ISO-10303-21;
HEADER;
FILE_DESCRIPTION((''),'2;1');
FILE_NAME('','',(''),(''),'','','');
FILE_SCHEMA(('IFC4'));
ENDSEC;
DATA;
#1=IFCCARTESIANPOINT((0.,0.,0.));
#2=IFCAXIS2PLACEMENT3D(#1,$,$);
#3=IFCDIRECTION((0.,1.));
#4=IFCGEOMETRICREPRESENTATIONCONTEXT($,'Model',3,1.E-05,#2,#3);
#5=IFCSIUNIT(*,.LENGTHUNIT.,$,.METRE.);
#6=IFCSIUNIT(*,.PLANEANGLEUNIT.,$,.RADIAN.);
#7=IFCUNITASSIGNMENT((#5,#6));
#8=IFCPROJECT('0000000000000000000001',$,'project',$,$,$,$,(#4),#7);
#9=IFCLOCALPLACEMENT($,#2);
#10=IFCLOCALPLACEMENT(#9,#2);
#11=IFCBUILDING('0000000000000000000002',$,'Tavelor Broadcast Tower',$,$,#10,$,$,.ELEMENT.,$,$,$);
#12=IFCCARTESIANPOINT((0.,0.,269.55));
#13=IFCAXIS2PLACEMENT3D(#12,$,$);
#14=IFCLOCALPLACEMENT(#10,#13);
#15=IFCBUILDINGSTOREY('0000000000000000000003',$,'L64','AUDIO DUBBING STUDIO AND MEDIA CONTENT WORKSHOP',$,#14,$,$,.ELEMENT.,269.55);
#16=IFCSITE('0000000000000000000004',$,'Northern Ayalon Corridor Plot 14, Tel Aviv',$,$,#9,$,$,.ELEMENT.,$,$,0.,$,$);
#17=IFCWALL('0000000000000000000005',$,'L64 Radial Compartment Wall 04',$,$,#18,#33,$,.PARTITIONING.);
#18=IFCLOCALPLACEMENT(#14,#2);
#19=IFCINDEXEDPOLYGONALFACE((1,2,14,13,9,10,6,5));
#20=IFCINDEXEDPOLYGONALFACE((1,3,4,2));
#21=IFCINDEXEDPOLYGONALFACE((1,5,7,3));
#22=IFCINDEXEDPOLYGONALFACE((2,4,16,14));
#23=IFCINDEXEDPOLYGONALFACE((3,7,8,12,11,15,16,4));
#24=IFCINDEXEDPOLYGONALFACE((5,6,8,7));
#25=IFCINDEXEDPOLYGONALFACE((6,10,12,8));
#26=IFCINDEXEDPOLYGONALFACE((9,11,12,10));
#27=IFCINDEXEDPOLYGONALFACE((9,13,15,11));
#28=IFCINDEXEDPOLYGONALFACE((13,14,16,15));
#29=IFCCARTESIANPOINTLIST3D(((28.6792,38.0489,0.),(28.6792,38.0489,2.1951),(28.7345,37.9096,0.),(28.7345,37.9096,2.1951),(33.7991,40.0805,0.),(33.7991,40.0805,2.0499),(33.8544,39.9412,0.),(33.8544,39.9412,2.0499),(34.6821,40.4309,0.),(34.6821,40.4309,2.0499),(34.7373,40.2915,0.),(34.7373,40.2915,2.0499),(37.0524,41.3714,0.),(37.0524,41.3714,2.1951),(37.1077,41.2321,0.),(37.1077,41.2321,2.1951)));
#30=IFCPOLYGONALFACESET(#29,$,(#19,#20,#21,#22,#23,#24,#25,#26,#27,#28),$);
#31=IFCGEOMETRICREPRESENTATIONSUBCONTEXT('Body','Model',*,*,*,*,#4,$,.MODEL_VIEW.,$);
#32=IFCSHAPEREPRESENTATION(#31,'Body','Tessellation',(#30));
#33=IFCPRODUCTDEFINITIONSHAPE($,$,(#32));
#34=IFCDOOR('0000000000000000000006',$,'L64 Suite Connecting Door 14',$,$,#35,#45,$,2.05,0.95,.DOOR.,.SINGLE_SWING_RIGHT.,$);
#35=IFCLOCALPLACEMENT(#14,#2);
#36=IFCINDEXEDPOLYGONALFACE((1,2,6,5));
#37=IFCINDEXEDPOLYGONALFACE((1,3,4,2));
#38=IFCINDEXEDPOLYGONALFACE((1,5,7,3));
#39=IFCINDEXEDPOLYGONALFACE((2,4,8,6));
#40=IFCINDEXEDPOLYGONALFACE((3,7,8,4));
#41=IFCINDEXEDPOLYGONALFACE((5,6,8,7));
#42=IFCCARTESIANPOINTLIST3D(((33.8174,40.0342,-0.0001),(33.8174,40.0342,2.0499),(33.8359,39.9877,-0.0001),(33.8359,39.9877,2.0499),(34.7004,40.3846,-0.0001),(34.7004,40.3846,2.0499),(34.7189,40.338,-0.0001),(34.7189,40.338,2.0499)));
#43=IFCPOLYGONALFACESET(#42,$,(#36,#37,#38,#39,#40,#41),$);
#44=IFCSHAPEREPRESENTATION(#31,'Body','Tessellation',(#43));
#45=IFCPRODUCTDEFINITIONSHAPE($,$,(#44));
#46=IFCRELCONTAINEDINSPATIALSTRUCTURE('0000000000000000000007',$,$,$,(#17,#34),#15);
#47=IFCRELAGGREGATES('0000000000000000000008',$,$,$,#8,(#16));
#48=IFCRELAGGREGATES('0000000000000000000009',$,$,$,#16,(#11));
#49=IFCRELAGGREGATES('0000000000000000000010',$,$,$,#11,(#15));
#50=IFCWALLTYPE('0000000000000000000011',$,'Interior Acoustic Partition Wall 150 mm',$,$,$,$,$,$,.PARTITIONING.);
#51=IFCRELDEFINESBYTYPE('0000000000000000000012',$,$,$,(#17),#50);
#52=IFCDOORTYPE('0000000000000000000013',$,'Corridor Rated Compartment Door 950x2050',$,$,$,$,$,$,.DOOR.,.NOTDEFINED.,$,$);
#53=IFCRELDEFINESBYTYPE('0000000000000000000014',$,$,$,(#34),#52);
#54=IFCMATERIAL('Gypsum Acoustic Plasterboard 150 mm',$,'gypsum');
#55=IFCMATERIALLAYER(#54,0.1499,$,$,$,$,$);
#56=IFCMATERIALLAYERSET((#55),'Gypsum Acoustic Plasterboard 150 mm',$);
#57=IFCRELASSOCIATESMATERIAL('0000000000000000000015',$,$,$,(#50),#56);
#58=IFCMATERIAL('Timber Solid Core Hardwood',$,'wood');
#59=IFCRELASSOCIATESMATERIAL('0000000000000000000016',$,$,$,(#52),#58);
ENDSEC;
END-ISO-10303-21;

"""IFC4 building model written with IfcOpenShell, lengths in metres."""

from ifc_helpers import new_model, si_unit, direction, frame, frame_2d, origin, place, context, subcontext, project, spatial, rectangle, extrude, material, layer, layer_set, type_object, element, fill, save


model = new_model("IFC4")

# Units and contexts
model_context = context("Model", 3, precision=1e-05, world=origin(), true_north=direction((0.0, 1.0)))
body_context = subcontext(model_context, "Body", "Model", "MODEL_VIEW")
ifc_project = project(units=[si_unit("LENGTHUNIT", "METRE"), si_unit("PLANEANGLEUNIT", "RADIAN")], contexts=[model_context])

# Site, building, storey
site_placement = place(None, origin())
site = spatial("IfcSite", under=ifc_project, at=site_placement, Name="Northern Ayalon Corridor Plot 14, Tel Aviv", CompositionType="ELEMENT", RefElevation=0.0)
building_placement = place(site_placement, origin())
building = spatial("IfcBuilding", under=site, at=building_placement, Name="Tavelor Broadcast Tower", CompositionType="ELEMENT")
storey_placement = place(building_placement, frame((0.0, 0.0, 269.55)))
storey = spatial("IfcBuildingStorey", under=building, at=storey_placement, Name="L64", Description="AUDIO DUBBING STUDIO AND MEDIA CONTENT WORKSHOP", CompositionType="ELEMENT", Elevation=269.55)

# Shared definitions
ifc_material_1 = material(Name="Gypsum Acoustic Plasterboard 150 mm", Category="gypsum")
ifc_layer_1 = layer(ifc_material_1, 0.1499)
ifc_layer_set_1 = layer_set([ifc_layer_1], Name="Gypsum Acoustic Plasterboard 150 mm")
wall_type_1 = type_object("IfcWallType", Name="Interior Acoustic Partition Wall 150 mm", PredefinedType="PARTITIONING", material=ifc_layer_set_1)
ifc_material_2 = material(Name="Timber Solid Core Hardwood", Category="wood")
door_type_1 = type_object("IfcDoorType", Name="Corridor Rated Compartment Door 950x2050", OperationType="NOTDEFINED", PredefinedType="DOOR", material=ifc_material_2)

# Wall, opening, door
wall_1_placement = place(storey_placement, frame((37.0801, 41.3018, 0.0), z_axis=(0.0, 0.0, 1.0), x_axis=(-0.929499, -0.368824, 0.0)))
wall_1 = element("IfcWall", 1, at=wall_1_placement, inside=storey, type_object=wall_type_1, Name="L64 Radial Compartment Wall 04", PredefinedType="PARTITIONING", context=body_context, shape_type="SweptSolid", body=[
    extrude(rectangle(XDim=9.0083, YDim=0.1499, at=frame_2d((4.5042, 0.0))), origin(), (0.0, 0.0, 1.0), 2.1951),
])
opening_1_placement = place(wall_1_placement, frame((2.55, 0.0, 0.0)))
opening_1 = element("IfcOpeningElement", 2, at=opening_1_placement, cuts=wall_1, PredefinedType="OPENING", context=body_context, shape_type="SweptSolid", body=[
    extrude(rectangle(XDim=0.95, YDim=2.05, at=frame_2d((0.4751, 1.0249))), frame((0.0, 0.085, 0.0), z_axis=(0.0, -1.0, 0.0), x_axis=(1.0, 0.0, 0.0)), (0.0, 0.0, 1.0), 0.1699),
])
door_1_placement = place(opening_1_placement, origin())
door_1 = element("IfcDoor", 3, at=door_1_placement, inside=storey, type_object=door_type_1, Name="L64 Suite Connecting Door 14", OperationType="SINGLE_SWING_RIGHT", OverallHeight=2.05, OverallWidth=0.95, PredefinedType="DOOR", context=body_context, shape_type="SweptSolid", body=[
    extrude(rectangle(XDim=0.95, YDim=2.05, at=frame_2d((0.4751, 1.0249))), frame((0.0, 0.0249, 0.0), z_axis=(0.0, -1.0, 0.0), x_axis=(1.0, 0.0, 0.0)), (0.0, 0.0, 1.0), 0.05),
])
fill(opening_1, door_1)

save(model, "model.ifc")
